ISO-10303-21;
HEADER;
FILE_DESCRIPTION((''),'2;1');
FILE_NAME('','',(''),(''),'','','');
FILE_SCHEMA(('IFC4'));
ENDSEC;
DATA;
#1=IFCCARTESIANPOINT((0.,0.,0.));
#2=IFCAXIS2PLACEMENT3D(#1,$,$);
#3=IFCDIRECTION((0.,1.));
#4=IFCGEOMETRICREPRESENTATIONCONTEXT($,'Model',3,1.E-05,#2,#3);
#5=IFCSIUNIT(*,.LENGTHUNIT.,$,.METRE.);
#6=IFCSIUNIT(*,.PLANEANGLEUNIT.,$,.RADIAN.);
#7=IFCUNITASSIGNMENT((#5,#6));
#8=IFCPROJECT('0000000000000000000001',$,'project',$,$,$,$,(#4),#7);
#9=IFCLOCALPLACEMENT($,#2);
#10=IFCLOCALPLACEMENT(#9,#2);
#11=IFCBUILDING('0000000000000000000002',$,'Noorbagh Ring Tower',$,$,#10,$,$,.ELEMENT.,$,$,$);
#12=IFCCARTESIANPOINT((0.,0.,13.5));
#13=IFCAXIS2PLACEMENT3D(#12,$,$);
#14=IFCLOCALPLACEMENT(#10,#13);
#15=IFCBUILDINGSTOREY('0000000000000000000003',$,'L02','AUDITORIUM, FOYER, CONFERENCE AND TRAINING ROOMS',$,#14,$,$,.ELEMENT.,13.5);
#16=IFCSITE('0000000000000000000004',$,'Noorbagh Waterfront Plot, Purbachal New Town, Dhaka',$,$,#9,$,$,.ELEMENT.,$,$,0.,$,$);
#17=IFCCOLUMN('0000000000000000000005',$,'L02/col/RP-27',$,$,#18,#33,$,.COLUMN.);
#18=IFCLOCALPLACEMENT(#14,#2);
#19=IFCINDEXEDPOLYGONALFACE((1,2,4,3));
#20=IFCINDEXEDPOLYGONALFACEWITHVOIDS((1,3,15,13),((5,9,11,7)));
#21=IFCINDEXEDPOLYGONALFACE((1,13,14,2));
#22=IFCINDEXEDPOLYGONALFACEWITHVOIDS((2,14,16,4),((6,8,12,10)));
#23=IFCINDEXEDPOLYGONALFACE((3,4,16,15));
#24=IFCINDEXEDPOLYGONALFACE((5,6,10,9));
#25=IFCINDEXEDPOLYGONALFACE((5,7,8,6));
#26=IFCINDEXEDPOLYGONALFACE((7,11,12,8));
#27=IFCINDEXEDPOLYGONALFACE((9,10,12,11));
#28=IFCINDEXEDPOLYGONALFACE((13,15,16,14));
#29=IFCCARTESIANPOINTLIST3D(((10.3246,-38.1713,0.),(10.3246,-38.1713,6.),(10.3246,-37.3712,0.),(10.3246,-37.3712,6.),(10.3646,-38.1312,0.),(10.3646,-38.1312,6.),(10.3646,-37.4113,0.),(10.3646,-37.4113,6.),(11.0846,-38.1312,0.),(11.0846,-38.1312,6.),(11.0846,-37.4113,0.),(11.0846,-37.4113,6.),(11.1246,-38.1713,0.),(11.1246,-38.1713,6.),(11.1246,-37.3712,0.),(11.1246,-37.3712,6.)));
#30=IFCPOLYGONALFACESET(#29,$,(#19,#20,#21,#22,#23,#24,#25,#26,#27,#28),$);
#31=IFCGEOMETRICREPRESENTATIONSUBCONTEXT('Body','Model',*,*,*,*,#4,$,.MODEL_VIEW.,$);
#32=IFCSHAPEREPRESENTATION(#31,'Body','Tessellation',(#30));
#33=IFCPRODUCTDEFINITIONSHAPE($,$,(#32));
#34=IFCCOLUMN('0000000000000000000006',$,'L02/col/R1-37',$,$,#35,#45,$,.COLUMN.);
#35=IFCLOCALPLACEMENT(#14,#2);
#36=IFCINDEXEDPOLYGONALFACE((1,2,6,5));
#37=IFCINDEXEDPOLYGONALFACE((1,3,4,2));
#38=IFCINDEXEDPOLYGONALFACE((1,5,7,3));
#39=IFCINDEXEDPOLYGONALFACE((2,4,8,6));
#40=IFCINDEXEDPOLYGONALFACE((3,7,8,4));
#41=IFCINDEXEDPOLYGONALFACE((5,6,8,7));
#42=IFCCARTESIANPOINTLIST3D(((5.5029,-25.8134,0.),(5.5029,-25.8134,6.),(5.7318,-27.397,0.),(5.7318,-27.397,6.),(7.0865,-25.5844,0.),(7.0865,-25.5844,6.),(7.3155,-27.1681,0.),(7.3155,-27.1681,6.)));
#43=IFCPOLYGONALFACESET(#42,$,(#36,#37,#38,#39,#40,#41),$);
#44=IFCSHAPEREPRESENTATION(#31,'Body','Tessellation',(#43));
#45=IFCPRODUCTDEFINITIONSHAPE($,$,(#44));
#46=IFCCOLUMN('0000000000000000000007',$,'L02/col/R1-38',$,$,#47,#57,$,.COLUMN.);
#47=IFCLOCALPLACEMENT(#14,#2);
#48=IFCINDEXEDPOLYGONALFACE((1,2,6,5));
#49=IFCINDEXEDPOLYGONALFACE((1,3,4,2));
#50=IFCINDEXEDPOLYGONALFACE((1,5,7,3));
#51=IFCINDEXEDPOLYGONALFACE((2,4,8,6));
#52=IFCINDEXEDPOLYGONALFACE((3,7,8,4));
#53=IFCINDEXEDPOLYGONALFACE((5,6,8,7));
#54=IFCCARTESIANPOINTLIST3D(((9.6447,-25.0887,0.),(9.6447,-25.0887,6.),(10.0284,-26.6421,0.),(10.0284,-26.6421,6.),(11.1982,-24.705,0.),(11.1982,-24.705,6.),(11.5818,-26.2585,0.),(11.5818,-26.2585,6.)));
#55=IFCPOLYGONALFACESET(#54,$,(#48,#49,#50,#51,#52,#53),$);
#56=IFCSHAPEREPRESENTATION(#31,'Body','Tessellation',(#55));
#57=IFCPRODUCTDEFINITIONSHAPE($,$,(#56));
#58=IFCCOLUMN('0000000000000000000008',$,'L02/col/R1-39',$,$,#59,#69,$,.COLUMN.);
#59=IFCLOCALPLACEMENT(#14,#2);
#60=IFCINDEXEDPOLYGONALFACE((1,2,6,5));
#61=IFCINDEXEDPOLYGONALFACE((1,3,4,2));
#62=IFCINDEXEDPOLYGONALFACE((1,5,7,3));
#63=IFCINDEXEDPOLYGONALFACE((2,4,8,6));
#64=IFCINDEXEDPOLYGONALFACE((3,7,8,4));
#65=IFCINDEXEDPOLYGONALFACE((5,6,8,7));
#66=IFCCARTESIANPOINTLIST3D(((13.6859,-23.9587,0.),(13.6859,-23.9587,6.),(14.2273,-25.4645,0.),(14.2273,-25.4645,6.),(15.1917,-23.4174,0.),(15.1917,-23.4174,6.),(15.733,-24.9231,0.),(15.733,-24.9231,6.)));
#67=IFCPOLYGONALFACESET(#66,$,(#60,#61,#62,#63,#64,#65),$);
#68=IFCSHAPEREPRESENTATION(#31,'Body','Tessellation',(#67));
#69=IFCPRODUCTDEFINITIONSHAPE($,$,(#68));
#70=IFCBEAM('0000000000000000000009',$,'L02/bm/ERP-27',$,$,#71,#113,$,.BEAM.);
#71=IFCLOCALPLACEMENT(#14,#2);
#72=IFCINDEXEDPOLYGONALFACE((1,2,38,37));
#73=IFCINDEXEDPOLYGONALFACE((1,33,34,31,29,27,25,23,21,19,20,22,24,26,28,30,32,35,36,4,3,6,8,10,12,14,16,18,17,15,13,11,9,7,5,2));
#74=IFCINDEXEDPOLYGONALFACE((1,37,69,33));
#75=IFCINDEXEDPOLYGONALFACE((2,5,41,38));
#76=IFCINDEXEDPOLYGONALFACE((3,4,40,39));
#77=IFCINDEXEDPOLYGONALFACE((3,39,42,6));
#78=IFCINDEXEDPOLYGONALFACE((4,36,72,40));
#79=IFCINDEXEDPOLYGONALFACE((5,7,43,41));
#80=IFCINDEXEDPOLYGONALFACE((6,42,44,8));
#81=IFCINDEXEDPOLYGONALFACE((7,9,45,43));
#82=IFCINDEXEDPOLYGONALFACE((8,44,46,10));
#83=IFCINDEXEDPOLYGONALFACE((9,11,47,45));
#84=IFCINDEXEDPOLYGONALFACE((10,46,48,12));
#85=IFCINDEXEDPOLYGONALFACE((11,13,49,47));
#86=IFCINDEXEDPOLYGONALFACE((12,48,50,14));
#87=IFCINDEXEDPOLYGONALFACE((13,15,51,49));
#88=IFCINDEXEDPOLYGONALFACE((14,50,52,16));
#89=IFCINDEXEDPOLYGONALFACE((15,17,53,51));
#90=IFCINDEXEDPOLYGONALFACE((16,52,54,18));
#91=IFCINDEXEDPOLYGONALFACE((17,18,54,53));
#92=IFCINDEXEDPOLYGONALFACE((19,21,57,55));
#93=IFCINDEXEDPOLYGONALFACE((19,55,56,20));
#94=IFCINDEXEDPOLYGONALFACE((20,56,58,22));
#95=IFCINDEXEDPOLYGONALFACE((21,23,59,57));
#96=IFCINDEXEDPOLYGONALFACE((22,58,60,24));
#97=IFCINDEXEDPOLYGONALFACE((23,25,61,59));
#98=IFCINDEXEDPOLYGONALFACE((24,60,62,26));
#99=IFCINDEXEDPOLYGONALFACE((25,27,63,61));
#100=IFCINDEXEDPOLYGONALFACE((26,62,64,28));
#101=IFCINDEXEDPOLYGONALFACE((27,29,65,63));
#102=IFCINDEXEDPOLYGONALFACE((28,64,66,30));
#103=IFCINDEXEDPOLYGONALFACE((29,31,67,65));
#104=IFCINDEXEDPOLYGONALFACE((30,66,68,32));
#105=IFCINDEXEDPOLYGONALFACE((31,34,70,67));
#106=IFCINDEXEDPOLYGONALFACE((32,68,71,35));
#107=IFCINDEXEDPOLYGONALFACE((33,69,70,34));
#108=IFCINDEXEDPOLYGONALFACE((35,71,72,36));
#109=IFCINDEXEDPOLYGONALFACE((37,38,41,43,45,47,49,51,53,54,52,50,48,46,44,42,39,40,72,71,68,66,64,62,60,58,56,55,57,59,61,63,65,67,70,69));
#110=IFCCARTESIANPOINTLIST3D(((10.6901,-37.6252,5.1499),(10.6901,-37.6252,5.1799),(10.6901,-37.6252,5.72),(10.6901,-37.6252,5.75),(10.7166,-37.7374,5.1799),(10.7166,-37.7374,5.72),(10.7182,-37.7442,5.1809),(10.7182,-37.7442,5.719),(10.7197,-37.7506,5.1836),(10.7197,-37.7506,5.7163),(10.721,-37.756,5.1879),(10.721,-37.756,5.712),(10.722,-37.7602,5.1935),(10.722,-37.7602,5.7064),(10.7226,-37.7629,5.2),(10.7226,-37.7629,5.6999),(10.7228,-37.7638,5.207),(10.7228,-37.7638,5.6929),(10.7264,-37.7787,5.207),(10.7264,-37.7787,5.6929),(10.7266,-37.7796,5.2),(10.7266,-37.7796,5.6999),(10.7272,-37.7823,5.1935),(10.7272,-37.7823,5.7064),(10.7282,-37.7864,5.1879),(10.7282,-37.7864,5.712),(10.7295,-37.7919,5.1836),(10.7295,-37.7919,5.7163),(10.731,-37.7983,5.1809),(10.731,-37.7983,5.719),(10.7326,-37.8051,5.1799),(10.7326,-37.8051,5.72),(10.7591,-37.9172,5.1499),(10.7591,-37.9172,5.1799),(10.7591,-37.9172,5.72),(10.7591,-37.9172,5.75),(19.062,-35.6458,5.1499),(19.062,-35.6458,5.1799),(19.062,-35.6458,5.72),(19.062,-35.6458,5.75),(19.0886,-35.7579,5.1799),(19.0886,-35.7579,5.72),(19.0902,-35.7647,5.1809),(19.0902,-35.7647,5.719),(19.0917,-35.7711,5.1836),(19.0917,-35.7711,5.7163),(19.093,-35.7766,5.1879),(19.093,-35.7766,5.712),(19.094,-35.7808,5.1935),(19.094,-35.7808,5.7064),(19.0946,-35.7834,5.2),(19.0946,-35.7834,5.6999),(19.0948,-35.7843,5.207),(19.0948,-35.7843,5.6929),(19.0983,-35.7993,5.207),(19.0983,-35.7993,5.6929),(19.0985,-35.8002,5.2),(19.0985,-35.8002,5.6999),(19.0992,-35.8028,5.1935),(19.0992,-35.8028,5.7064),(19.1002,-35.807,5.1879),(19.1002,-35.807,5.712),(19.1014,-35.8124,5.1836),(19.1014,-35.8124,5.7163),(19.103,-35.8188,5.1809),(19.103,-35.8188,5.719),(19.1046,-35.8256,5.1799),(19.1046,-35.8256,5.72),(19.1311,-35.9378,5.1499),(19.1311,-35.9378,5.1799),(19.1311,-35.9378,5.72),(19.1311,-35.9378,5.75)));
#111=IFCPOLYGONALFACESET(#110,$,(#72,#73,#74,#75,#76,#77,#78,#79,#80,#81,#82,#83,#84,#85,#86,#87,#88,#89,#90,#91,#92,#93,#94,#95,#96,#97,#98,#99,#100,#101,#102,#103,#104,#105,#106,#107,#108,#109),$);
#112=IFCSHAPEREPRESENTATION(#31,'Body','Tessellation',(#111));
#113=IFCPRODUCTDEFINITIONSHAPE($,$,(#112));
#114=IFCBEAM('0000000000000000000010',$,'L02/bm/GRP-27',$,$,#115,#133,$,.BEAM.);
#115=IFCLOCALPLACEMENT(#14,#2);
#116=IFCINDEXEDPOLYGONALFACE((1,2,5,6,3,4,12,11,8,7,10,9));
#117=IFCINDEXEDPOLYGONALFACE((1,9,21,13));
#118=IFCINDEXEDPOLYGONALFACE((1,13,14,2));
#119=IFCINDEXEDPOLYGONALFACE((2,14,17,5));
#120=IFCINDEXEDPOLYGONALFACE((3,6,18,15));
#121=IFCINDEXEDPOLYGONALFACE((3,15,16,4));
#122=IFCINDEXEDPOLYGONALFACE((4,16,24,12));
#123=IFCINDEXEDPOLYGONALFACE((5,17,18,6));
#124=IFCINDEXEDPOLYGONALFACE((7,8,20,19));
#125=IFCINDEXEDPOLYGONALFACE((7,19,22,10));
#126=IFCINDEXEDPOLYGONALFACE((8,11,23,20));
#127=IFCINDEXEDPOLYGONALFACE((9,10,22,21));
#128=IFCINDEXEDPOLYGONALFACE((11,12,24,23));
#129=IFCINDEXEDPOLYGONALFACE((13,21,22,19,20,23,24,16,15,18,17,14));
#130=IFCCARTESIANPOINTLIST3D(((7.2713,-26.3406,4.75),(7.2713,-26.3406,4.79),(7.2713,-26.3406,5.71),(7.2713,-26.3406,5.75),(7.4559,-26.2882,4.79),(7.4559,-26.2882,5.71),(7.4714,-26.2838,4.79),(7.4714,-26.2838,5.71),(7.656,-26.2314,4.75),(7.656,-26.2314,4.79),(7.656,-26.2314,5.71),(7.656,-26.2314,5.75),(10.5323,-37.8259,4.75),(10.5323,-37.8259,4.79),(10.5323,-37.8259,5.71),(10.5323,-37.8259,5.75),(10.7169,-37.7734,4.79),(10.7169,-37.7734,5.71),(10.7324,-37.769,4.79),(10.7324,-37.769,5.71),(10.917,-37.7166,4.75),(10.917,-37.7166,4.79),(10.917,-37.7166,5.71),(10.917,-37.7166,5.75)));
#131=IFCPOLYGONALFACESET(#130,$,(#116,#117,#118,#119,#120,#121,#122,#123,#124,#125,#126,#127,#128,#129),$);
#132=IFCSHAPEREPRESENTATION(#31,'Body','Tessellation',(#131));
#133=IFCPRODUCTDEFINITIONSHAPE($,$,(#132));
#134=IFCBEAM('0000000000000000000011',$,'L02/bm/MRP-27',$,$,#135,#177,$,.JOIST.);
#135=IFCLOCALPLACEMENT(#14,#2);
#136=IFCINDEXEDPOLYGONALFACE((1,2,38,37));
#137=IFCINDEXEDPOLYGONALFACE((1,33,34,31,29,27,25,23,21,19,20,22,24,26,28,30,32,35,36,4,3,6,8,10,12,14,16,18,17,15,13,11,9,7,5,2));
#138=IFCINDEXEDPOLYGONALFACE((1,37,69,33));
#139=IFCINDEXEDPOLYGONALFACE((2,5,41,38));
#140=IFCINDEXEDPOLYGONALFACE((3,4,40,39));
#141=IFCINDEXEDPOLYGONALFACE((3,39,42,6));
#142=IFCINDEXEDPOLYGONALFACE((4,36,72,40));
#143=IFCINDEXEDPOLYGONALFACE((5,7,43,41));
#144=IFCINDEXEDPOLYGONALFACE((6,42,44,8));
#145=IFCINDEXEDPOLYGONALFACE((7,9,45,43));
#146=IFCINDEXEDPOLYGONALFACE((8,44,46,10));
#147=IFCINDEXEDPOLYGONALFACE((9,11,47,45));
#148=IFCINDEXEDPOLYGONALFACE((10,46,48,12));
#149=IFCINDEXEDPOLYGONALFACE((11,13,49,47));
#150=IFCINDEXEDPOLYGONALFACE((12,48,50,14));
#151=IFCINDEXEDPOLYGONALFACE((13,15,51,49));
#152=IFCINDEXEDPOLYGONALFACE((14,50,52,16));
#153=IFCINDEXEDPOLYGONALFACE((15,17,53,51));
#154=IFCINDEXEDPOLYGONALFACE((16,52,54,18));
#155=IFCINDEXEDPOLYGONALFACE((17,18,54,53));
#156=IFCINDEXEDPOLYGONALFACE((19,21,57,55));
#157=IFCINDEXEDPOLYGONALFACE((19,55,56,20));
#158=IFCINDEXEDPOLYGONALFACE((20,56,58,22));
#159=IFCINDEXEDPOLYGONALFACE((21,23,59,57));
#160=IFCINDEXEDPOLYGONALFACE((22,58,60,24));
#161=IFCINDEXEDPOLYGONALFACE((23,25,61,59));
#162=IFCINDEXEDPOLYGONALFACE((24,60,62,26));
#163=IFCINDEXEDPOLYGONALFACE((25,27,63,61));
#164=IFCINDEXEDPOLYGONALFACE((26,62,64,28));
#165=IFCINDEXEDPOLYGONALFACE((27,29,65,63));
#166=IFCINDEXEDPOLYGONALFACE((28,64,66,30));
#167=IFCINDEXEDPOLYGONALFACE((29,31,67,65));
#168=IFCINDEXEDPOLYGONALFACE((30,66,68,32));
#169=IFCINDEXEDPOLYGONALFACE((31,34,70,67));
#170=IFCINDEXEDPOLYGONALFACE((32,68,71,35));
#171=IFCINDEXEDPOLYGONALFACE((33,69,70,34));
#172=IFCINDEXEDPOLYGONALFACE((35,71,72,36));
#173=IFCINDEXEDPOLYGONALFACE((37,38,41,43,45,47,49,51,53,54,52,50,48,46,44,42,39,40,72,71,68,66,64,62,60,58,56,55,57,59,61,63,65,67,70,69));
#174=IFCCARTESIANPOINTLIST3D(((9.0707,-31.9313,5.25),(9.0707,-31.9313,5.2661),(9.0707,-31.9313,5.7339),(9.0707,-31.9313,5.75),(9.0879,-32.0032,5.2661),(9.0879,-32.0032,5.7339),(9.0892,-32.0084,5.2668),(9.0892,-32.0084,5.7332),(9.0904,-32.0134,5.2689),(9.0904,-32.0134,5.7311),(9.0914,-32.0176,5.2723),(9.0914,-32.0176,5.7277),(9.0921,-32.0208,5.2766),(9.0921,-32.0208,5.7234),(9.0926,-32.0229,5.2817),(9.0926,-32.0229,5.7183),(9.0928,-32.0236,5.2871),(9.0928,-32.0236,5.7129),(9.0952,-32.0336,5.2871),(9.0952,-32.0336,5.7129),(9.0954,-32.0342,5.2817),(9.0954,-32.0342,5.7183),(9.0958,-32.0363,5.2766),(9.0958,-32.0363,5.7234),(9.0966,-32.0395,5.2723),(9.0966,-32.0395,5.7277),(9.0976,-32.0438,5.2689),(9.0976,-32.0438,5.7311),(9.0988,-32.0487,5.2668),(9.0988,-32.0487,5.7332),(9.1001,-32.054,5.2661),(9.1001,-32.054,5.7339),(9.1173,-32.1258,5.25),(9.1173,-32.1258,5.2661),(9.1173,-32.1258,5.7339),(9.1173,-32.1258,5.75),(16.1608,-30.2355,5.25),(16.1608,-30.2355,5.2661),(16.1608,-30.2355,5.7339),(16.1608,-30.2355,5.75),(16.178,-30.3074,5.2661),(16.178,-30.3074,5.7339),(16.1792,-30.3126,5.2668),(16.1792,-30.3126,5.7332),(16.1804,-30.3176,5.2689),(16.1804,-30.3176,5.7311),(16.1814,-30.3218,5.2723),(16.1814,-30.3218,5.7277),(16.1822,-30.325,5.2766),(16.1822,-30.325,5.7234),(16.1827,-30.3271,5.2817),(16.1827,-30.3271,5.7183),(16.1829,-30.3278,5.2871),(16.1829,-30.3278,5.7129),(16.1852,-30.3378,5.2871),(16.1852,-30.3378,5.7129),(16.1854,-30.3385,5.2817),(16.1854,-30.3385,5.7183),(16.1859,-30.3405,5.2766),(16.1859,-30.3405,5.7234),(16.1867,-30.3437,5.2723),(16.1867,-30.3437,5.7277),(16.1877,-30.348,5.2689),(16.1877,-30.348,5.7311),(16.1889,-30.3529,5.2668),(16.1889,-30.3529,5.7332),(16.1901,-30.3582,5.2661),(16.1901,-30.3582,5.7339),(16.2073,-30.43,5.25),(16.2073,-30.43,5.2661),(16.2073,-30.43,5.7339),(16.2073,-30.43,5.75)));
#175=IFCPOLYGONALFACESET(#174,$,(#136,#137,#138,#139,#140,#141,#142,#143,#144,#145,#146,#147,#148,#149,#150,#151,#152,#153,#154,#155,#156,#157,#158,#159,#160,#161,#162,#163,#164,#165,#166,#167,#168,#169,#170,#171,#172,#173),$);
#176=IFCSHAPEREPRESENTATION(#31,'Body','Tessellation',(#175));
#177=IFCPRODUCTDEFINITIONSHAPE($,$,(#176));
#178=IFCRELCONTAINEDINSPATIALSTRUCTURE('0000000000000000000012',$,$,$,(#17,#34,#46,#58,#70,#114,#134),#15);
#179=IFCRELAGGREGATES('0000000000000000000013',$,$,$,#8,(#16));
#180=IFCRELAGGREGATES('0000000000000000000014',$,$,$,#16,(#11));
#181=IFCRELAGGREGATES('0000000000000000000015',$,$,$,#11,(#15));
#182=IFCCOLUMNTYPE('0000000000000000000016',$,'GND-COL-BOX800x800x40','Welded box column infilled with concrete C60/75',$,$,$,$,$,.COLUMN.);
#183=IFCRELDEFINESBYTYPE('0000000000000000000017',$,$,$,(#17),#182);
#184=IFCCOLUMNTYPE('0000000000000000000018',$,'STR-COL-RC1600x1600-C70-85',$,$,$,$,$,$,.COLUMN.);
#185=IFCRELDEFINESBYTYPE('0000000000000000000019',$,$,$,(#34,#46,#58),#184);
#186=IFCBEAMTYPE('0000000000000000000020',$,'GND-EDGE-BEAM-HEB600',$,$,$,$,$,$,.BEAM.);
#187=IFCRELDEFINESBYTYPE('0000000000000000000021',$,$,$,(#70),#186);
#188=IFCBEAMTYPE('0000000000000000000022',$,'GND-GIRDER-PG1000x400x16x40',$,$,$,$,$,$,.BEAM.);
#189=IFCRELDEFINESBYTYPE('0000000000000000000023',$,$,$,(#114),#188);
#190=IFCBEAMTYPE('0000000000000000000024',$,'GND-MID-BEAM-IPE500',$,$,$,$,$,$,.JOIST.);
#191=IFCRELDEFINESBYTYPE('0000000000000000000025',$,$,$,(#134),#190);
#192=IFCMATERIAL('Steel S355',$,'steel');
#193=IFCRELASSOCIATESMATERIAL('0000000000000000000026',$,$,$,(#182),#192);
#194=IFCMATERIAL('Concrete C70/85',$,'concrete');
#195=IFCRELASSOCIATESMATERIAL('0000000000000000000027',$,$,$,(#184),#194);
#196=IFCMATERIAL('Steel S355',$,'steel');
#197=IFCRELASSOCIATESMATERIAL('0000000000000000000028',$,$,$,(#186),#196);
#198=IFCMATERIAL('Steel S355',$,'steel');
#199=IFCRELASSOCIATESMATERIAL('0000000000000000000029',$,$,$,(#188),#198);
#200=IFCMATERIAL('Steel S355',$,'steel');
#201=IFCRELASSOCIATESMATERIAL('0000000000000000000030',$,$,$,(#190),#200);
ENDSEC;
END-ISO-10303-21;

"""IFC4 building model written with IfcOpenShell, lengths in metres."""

from ifc_helpers import new_model, si_unit, direction, frame, origin, origin_2d, place, context, subcontext, project, spatial, rectangle, hollow_rectangle, i_section, extrude, material, material_profile, profile_set, type_object, element, save


model = new_model("IFC4")

# Units and contexts
model_context = context("Model", 3, precision=1e-05, world=origin(), true_north=direction((0.0, 1.0)))
body_context = subcontext(model_context, "Body", "Model", "MODEL_VIEW")
ifc_project = project(units=[si_unit("LENGTHUNIT", "METRE"), si_unit("PLANEANGLEUNIT", "RADIAN")], contexts=[model_context])

# Site, building, storey
site_placement = place(None, origin())
site = spatial("IfcSite", under=ifc_project, at=site_placement, Name="Noorbagh Waterfront Plot, Purbachal New Town, Dhaka", CompositionType="ELEMENT", RefElevation=0.0)
building_placement = place(site_placement, origin())
building = spatial("IfcBuilding", under=site, at=building_placement, Name="Noorbagh Ring Tower", CompositionType="ELEMENT")
storey_placement = place(building_placement, frame((0.0, 0.0, 13.5)))
storey = spatial("IfcBuildingStorey", under=building, at=storey_placement, Name="L02", Description="AUDITORIUM, FOYER, CONFERENCE AND TRAINING ROOMS", CompositionType="ELEMENT", Elevation=13.5)

# Columns
ifc_material_1 = material(Name="Steel S355", Category="steel")
ifc_material_profile_1 = material_profile(ifc_material_1, hollow_rectangle(XDim=0.8, YDim=0.8, WallThickness=0.04, at=origin_2d()), Name="BOX800x800x40")
ifc_profile_set_1 = profile_set([ifc_material_profile_1], Name="Steel S355")
column_type_1 = type_object("IfcColumnType", Name="GND-COL-BOX800x800x40", Description="Welded box column infilled with concrete C60/75", PredefinedType="COLUMN", material=ifc_profile_set_1)
column_placement = place(storey_placement, frame((10.7246, -37.7712, 0.0), z_axis=(0.0, 0.0, 1.0), x_axis=(1.0, 0.0, 0.0)))
element("IfcColumn", 1, at=column_placement, inside=storey, type_object=column_type_1, Name="L02/col/RP-27", PredefinedType="COLUMN", context=body_context, shape_type="SweptSolid", body=[
    extrude(hollow_rectangle(XDim=0.8, YDim=0.8, WallThickness=0.04, at=origin_2d()), origin(), (0.0, 0.0, 1.0), 6.0),
])
ifc_material_2 = material(Name="Concrete C70/85", Category="concrete")
ifc_material_profile_2 = material_profile(ifc_material_2, rectangle(XDim=1.6001, YDim=1.6001, at=origin_2d()), Name="RC1600x1600")
ifc_profile_set_2 = profile_set([ifc_material_profile_2], Name="Concrete C70/85")
column_type_2 = type_object("IfcColumnType", Name="STR-COL-RC1600x1600-C70-85", PredefinedType="COLUMN", material=ifc_profile_set_2)
for number, where, z_axis, x_axis, name in (
    (2, (6.4092, -26.4907, 0.0), (0.0, 0.0, 1.0), (0.989713, 0.143066, 0.0), "L02/col/R1-37"),
    (3, (10.6133, -25.6736, 0.0), (0.0, 0.0, 1.0), (0.970829, 0.239771, 0.0), "L02/col/R1-38"),
    (4, (14.7095, -24.4409, 0.0), (0.0, 0.0, 1.0), (0.941025, 0.338338, 0.0), "L02/col/R1-39"),
):
    element("IfcColumn", number, at=place(storey_placement, frame(where, z_axis=z_axis, x_axis=x_axis)), inside=storey, type_object=column_type_2, Name=name, PredefinedType="COLUMN", context=body_context, shape_type="SweptSolid", body=[
        extrude(rectangle(XDim=1.6001, YDim=1.6001, at=origin_2d()), origin(), (0.0, 0.0, 1.0), 6.0),
    ])

# Beams
ifc_material_3 = material(Name="Steel S355", Category="steel")
ifc_material_profile_3 = material_profile(ifc_material_3, i_section(OverallWidth=0.3, OverallDepth=0.6001, WebThickness=0.0154, FlangeThickness=0.03, FilletRadius=0.0271, at=origin_2d()), Name="HEB600")
ifc_profile_set_3 = profile_set([ifc_material_profile_3], Name="Steel S355")
beam_type_1 = type_object("IfcBeamType", Name="GND-EDGE-BEAM-HEB600", PredefinedType="BEAM", material=ifc_profile_set_3)
beam_1_placement = place(storey_placement, frame((10.7246, -37.7712, 5.45), z_axis=(0.973168, 0.230096, 0.0), x_axis=(-0.230096, 0.973168, 0.0)))
element("IfcBeam", 5, at=beam_1_placement, inside=storey, type_object=beam_type_1, Name="L02/bm/ERP-27", PredefinedType="BEAM", context=body_context, shape_type="SweptSolid", body=[
    extrude(i_section(OverallWidth=0.3, OverallDepth=0.6001, WebThickness=0.0154, FlangeThickness=0.03, FilletRadius=0.0271, at=origin_2d()), origin(), (0.0, 0.0, 1.0), 8.6028),
])
ifc_material_4 = material(Name="Steel S355", Category="steel")
ifc_material_profile_4 = material_profile(ifc_material_4, i_section(OverallWidth=0.3999, OverallDepth=1.0, WebThickness=0.0161, FlangeThickness=0.04, at=origin_2d()), Name="PG1000x400x16x40")
ifc_profile_set_4 = profile_set([ifc_material_profile_4], Name="Steel S355")
beam_type_2 = type_object("IfcBeamType", Name="GND-GIRDER-PG1000x400x16x40", PredefinedType="BEAM", material=ifc_profile_set_4)
beam_2_placement = place(storey_placement, frame((10.7246, -37.7712, 5.25), z_axis=(-0.27313, 0.961977, 0.0), x_axis=(-0.961977, -0.27313, 0.0)))
element("IfcBeam", 6, at=beam_2_placement, inside=storey, type_object=beam_type_2, Name="L02/bm/GRP-27", PredefinedType="BEAM", context=body_context, shape_type="SweptSolid", body=[
    extrude(i_section(OverallWidth=0.3999, OverallDepth=1.0, WebThickness=0.0161, FlangeThickness=0.04, at=origin_2d()), origin(), (0.0, 0.0, 1.0), 11.9392),
])
ifc_material_5 = material(Name="Steel S355", Category="steel")
ifc_material_profile_5 = material_profile(ifc_material_5, i_section(OverallWidth=0.2, OverallDepth=0.5, WebThickness=0.0103, FlangeThickness=0.0161, FilletRadius=0.021, at=origin_2d()), Name="IPE500")
ifc_profile_set_5 = profile_set([ifc_material_profile_5], Name="Steel S355")
beam_type_3 = type_object("IfcBeamType", Name="GND-MID-BEAM-IPE500", PredefinedType="JOIST", material=ifc_profile_set_5)
beam_3_placement = place(storey_placement, frame((9.094, -32.0286, 5.5), z_axis=(0.972568, 0.232618, 0.0), x_axis=(-0.232618, 0.972568, 0.0)))
element("IfcBeam", 7, at=beam_3_placement, inside=storey, type_object=beam_type_3, Name="L02/bm/MRP-27", PredefinedType="JOIST", context=body_context, shape_type="SweptSolid", body=[
    extrude(i_section(OverallWidth=0.2, OverallDepth=0.5, WebThickness=0.0103, FlangeThickness=0.0161, FilletRadius=0.021, at=origin_2d()), origin(), (0.0, 0.0, 1.0), 7.29),
])

save(model, "model.ifc")
